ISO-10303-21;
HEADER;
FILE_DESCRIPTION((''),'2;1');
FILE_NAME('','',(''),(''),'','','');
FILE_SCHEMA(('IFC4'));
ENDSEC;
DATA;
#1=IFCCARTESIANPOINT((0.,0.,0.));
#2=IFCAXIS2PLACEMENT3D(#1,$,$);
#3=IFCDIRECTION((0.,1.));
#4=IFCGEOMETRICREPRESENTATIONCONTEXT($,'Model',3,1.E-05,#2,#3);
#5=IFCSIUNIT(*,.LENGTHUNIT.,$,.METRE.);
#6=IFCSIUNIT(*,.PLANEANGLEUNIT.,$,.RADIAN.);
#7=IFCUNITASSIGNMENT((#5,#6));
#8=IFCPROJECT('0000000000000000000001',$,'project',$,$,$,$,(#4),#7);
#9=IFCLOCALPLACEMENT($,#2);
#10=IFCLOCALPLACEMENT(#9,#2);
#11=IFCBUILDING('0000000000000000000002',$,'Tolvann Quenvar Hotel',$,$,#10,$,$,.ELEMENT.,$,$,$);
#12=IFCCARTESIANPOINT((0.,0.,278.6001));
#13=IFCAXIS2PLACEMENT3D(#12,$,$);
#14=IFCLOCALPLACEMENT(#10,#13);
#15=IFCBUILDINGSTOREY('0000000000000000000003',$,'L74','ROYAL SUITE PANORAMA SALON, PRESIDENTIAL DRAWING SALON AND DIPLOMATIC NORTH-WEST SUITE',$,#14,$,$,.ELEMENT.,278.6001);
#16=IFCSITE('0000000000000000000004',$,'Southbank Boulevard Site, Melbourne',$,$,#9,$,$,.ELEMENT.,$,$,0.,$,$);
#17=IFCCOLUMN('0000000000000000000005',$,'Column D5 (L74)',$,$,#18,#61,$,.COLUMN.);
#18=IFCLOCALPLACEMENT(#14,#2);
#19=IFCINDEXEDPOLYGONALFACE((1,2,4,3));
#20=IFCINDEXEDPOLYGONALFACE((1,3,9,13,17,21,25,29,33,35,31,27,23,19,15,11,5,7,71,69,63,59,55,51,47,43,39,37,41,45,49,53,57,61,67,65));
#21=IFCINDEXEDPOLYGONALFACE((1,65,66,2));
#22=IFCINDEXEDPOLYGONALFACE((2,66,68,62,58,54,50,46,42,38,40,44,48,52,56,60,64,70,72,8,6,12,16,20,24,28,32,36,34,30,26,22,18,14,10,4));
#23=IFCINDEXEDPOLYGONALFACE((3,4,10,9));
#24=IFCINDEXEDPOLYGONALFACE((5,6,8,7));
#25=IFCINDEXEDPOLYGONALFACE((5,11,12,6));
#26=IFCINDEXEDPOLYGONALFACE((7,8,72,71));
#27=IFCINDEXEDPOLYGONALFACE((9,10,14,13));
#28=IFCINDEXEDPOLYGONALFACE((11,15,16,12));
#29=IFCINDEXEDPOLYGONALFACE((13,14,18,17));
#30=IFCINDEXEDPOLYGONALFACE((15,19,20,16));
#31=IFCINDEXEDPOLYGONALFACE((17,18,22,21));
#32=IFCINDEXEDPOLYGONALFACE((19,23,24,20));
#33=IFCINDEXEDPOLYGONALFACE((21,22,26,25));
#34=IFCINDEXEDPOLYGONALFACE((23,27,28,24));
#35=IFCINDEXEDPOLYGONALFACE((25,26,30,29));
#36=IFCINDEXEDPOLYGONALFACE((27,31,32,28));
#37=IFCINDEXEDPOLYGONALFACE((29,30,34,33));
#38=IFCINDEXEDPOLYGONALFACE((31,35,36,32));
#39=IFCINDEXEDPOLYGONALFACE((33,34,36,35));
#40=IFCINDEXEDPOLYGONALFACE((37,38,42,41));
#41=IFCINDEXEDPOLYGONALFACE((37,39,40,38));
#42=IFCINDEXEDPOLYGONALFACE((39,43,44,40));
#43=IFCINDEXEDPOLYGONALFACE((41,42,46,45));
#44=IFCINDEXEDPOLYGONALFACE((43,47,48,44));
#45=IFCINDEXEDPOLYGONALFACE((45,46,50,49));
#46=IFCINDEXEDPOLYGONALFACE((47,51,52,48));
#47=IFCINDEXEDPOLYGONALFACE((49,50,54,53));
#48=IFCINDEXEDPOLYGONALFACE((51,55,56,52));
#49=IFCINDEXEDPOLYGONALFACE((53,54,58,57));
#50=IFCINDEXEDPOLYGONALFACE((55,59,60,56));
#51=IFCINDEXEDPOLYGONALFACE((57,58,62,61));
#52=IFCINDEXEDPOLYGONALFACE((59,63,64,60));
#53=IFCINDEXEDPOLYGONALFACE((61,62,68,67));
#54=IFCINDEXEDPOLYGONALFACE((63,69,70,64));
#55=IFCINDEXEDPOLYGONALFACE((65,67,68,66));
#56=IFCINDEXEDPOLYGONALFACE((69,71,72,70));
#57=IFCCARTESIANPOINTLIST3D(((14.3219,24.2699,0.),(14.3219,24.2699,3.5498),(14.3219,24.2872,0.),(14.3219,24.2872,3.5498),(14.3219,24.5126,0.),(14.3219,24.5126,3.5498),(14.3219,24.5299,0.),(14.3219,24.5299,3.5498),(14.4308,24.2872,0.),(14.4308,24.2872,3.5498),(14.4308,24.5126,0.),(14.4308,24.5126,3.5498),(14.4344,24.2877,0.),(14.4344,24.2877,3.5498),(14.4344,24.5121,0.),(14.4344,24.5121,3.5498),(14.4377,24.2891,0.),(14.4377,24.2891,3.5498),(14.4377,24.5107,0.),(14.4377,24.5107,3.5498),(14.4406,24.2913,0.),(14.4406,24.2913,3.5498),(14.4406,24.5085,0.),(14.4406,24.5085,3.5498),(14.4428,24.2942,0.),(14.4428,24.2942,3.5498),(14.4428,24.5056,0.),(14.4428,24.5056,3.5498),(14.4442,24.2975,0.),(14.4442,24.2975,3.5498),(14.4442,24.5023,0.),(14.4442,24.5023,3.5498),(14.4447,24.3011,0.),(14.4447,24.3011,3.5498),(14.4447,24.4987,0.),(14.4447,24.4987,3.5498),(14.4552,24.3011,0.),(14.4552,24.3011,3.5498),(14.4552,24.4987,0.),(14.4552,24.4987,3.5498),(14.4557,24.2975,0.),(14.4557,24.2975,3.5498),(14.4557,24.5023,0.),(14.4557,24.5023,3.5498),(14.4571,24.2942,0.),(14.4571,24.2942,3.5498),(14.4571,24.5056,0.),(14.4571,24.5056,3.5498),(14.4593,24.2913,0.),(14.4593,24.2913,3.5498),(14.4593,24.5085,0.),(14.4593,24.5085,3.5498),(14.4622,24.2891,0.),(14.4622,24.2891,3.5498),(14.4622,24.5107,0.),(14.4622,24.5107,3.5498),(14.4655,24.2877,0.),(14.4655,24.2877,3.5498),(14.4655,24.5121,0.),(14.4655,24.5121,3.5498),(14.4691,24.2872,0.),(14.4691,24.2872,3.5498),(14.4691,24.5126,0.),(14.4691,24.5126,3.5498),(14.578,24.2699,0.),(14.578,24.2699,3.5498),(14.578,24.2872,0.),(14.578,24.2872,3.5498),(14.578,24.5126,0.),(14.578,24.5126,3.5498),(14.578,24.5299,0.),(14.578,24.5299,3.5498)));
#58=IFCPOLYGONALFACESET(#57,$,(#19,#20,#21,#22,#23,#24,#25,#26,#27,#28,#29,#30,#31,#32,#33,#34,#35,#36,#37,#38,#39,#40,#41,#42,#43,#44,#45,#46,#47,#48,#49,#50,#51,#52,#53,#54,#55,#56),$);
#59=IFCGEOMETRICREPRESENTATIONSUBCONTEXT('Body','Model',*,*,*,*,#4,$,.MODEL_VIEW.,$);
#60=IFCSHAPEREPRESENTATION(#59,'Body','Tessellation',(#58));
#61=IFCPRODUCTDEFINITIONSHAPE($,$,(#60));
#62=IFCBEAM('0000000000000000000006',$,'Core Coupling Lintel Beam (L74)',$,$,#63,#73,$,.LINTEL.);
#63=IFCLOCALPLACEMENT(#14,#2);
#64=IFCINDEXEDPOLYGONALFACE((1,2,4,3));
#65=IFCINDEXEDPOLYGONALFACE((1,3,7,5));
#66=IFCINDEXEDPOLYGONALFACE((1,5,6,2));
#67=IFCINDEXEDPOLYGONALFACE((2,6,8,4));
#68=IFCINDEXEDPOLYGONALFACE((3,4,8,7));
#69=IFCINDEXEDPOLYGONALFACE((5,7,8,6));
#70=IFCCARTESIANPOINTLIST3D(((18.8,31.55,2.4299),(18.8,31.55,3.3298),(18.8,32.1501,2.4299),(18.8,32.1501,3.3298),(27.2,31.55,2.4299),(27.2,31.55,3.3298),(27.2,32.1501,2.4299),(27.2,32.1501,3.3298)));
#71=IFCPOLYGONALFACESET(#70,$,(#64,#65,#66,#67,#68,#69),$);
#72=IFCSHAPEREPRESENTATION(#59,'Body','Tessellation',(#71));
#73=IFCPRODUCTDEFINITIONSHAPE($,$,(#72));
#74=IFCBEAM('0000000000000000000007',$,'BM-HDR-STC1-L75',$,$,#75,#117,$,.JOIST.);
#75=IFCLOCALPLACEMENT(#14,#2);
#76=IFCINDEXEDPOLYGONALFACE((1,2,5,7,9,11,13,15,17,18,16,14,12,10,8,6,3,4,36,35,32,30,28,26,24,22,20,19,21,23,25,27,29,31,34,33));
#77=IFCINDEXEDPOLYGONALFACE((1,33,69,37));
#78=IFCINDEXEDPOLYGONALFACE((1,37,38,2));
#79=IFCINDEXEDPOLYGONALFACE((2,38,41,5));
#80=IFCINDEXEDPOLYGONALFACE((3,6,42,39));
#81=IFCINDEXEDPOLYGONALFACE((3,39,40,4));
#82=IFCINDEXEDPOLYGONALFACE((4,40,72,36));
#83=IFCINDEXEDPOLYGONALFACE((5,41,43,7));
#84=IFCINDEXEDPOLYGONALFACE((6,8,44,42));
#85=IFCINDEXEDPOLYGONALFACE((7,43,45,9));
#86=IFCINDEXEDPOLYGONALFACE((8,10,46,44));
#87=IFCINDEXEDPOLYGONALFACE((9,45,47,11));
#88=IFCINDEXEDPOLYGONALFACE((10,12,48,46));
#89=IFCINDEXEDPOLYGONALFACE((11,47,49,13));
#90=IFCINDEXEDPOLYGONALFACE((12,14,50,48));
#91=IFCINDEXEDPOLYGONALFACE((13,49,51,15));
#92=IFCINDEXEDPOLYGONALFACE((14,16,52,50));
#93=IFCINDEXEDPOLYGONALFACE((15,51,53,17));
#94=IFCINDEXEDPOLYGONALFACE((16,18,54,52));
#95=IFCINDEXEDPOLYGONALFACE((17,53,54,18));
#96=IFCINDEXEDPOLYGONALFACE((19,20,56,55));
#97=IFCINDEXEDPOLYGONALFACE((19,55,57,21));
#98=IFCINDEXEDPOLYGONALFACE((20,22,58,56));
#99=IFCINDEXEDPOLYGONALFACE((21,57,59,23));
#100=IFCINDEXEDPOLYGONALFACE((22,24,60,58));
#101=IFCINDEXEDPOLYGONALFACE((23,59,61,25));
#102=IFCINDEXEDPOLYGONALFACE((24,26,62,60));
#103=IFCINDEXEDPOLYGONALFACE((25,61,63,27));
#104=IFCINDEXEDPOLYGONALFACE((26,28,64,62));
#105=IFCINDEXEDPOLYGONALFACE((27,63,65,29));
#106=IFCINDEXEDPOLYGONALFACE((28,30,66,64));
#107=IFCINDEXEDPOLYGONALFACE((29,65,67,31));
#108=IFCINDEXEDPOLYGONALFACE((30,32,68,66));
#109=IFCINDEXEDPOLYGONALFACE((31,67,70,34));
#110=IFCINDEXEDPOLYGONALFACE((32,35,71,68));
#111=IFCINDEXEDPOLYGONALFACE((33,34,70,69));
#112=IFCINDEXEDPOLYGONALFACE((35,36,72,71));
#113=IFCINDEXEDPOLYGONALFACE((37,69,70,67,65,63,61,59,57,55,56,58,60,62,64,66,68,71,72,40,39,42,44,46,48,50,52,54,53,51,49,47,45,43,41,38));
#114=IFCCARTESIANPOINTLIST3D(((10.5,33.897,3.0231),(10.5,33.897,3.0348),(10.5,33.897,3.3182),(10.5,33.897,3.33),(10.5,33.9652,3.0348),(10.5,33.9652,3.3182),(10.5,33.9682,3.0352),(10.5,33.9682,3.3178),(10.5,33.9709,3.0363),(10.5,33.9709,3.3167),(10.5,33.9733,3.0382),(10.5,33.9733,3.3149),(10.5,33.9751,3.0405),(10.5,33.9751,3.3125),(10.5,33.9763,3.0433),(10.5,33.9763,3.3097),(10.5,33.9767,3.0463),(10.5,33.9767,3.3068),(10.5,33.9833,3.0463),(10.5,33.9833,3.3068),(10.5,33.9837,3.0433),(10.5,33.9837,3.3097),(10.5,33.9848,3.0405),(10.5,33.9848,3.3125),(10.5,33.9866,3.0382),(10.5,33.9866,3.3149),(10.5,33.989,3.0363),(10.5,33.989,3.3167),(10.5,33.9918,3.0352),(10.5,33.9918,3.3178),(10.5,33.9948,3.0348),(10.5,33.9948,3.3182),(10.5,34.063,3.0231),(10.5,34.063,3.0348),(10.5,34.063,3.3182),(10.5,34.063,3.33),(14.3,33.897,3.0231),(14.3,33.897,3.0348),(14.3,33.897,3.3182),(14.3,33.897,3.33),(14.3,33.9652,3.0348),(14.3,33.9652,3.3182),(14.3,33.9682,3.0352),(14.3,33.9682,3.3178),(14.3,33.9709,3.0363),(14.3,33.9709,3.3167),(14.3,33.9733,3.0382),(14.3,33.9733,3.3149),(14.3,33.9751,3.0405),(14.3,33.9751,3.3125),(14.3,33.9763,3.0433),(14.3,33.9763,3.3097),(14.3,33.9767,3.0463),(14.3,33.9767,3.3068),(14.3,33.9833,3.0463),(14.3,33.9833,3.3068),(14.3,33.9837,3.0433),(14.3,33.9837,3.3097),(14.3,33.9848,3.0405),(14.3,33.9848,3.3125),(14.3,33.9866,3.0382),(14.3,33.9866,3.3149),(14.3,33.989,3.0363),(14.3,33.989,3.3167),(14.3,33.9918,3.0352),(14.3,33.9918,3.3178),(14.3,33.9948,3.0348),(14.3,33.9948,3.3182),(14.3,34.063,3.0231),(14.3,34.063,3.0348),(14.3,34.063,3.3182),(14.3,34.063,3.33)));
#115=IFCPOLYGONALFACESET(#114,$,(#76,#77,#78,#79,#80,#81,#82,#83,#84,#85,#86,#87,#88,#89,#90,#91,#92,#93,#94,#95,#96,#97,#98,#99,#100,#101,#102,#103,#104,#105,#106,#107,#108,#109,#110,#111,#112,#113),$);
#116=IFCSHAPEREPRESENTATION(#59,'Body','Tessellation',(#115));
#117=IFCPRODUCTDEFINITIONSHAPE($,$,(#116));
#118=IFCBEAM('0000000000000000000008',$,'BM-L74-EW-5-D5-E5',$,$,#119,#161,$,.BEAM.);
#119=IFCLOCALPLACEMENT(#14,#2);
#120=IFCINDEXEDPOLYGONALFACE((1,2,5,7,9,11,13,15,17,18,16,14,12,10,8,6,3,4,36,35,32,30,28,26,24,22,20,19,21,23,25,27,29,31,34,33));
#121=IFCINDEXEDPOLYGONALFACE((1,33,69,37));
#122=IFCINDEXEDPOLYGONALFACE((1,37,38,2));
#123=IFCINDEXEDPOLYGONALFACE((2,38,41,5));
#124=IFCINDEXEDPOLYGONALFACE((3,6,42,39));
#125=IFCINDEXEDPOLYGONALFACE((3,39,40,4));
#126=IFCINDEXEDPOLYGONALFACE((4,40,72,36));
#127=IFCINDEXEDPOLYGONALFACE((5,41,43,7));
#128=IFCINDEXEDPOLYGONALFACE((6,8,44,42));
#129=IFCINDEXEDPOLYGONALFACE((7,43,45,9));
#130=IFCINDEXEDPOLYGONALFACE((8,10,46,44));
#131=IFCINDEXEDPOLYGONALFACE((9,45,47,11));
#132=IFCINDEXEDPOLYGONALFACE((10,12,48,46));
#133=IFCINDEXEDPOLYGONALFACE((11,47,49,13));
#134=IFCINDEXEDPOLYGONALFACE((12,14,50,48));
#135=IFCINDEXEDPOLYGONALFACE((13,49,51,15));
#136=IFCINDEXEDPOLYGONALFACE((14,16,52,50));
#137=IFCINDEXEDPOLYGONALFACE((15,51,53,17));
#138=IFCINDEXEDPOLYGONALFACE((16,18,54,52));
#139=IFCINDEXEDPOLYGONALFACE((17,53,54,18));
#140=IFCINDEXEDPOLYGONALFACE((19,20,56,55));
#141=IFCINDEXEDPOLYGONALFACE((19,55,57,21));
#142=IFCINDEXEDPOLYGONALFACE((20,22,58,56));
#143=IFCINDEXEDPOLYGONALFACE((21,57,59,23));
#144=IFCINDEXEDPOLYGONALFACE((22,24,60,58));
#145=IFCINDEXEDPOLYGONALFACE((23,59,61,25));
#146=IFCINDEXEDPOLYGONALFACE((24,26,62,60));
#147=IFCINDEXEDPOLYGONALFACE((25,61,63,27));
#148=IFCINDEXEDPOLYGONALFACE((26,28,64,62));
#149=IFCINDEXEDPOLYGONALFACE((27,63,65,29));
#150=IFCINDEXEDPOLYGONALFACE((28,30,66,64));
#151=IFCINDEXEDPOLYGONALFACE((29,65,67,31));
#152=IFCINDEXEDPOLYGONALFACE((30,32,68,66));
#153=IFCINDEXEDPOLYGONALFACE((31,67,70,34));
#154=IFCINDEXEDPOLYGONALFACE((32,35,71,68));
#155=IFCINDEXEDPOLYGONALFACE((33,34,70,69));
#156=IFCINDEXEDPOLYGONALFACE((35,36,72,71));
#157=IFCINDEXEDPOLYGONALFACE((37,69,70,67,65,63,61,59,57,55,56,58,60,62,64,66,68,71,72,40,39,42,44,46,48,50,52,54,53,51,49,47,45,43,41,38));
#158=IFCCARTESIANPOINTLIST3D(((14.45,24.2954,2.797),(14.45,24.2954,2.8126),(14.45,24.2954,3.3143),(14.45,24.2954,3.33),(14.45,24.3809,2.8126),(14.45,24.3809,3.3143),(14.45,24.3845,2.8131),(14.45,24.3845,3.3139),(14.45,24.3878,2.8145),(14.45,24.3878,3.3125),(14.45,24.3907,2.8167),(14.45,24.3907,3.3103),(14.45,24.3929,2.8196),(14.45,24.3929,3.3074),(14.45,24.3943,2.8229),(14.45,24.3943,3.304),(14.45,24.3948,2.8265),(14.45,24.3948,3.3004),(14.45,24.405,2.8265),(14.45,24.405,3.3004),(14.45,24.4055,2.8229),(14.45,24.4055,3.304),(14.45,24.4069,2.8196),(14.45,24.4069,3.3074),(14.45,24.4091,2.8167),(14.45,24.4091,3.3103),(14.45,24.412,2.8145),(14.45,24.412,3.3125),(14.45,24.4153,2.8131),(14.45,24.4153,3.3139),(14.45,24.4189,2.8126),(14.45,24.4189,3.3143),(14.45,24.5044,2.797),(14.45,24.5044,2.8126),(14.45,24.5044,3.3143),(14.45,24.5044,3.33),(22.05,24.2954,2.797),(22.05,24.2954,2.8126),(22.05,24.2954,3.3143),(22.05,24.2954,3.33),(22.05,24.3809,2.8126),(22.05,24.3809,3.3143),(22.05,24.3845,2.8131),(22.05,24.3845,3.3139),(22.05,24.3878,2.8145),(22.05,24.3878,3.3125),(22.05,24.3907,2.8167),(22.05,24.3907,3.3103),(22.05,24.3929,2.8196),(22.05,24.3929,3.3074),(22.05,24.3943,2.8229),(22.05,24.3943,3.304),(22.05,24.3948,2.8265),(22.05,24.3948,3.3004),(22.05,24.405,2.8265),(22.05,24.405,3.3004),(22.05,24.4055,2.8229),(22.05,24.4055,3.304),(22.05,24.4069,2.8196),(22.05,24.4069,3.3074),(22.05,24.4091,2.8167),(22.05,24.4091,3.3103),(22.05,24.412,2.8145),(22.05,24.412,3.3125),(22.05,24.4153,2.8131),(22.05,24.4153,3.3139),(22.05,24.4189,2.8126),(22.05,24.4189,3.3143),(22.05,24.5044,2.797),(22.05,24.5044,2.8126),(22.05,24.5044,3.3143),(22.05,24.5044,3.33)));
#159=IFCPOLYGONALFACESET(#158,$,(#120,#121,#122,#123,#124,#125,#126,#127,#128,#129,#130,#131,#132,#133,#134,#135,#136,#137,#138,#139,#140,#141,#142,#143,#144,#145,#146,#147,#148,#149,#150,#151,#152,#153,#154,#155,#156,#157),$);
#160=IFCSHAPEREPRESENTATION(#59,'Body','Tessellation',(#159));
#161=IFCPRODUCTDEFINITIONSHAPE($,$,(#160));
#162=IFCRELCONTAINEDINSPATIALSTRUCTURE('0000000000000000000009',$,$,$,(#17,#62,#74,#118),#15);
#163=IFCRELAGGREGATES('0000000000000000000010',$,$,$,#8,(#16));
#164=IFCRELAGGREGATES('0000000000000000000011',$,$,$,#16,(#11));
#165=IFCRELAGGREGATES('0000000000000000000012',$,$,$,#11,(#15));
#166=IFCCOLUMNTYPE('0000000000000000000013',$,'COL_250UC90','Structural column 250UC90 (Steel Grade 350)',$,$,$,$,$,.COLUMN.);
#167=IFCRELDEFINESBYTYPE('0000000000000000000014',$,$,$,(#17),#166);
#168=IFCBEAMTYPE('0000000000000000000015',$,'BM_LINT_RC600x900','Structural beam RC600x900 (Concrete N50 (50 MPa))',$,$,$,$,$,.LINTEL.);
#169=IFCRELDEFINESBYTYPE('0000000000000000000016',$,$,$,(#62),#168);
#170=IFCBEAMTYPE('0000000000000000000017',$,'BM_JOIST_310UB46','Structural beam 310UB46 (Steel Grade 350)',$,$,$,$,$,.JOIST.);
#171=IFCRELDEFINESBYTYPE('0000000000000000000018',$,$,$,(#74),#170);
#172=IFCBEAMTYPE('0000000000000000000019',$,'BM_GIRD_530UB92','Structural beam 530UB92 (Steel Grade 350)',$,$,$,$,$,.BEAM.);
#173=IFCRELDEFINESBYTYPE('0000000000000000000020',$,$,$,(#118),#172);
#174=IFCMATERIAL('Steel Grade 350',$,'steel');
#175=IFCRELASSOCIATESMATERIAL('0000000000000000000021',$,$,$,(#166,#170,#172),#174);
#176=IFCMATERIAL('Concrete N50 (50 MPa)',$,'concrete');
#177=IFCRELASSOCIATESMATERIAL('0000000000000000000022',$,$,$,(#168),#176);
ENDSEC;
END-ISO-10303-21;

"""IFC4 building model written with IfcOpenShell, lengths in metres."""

from ifc_helpers import new_model, si_unit, direction, frame, origin, origin_2d, place, context, subcontext, project, spatial, rectangle, i_section, extrude, source, transform, mapped, material, material_profile, profile_set, type_object, type_shapes, element, save


model = new_model("IFC4")

# Units and contexts
model_context = context("Model", 3, precision=1e-05, world=origin(), true_north=direction((0.0, 1.0)))
body_context = subcontext(model_context, "Body", "Model", "MODEL_VIEW")
ifc_project = project(units=[si_unit("LENGTHUNIT", "METRE"), si_unit("PLANEANGLEUNIT", "RADIAN")], contexts=[model_context])

# Site, building, storey
site_placement = place(None, origin())
site = spatial("IfcSite", under=ifc_project, at=site_placement, Name="Southbank Boulevard Site, Melbourne", CompositionType="ELEMENT", RefElevation=0.0)
building_placement = place(site_placement, origin())
building = spatial("IfcBuilding", under=site, at=building_placement, Name="Tolvann Quenvar Hotel", CompositionType="ELEMENT")
storey_placement = place(building_placement, frame((0.0, 0.0, 278.6001)))
storey = spatial("IfcBuildingStorey", under=building, at=storey_placement, Name="L74", Description="ROYAL SUITE PANORAMA SALON, PRESIDENTIAL DRAWING SALON AND DIPLOMATIC NORTH-WEST SUITE", CompositionType="ELEMENT", Elevation=278.6001)

# Column
ifc_material_1 = material(Name="Steel Grade 350", Category="steel")
ifc_material_profile_1 = material_profile(ifc_material_1, i_section(OverallWidth=0.2561, OverallDepth=0.26, WebThickness=0.0105, FlangeThickness=0.0173, FilletRadius=0.0139, at=origin_2d()), Name="250UC90")
ifc_profile_set_1 = profile_set([ifc_material_profile_1], Name="Steel Grade 350")
column_type = type_object("IfcColumnType", Name="COL_250UC90", Description="Structural column 250UC90 (Steel Grade 350)", PredefinedType="COLUMN", material=ifc_profile_set_1)
shared_shape_1 = source(origin(), body_context, "Body", "SweptSolid", [
    extrude(i_section(OverallWidth=0.2561, OverallDepth=0.26, WebThickness=0.0105, FlangeThickness=0.0173, FilletRadius=0.0139, at=origin_2d()), origin(), (0.0, 0.0, 1.0), 3.5498),
])
type_shapes(column_type, [shared_shape_1])
column_placement = place(storey_placement, frame((14.45, 24.3999, 0.0), z_axis=(0.0, 0.0, 1.0), x_axis=(1.0, 0.0, 0.0)))
element("IfcColumn", 1, at=column_placement, inside=storey, type_object=column_type, Name="Column D5 (L74)", PredefinedType="COLUMN", context=body_context, shape_type="MappedRepresentation", body=[
    mapped(shared_shape_1, transform((0.0, 0.0, 0.0), x_axis=(1.0, 0.0, 0.0), y_axis=(0.0, 1.0, 0.0), z_axis=(0.0, 0.0, 1.0), scale=1.0)),
])

# Beams
ifc_material_2 = material(Name="Concrete N50 (50 MPa)", Category="concrete")
ifc_material_profile_2 = material_profile(ifc_material_2, rectangle(XDim=0.6001, YDim=0.8999, at=origin_2d()), Name="RC600x900")
ifc_profile_set_2 = profile_set([ifc_material_profile_2], Name="Concrete N50 (50 MPa)")
beam_type_1 = type_object("IfcBeamType", Name="BM_LINT_RC600x900", Description="Structural beam RC600x900 (Concrete N50 (50 MPa))", PredefinedType="LINTEL", material=ifc_profile_set_2)
shared_shape_2 = source(origin(), body_context, "Body", "SweptSolid", [
    extrude(rectangle(XDim=0.6001, YDim=0.8999, at=origin_2d()), origin(), (0.0, 0.0, 1.0), 8.3999),
])
type_shapes(beam_type_1, [shared_shape_2])
beam_1_placement = place(storey_placement, frame((18.8, 31.8501, 2.8799), z_axis=(1.0, 0.0, 0.0), x_axis=(0.0, 1.0, 0.0)))
element("IfcBeam", 2, at=beam_1_placement, inside=storey, type_object=beam_type_1, Name="Core Coupling Lintel Beam (L74)", PredefinedType="LINTEL", context=body_context, shape_type="MappedRepresentation", body=[
    mapped(shared_shape_2, transform((0.0, 0.0, 0.0), x_axis=(1.0, 0.0, 0.0), y_axis=(0.0, 1.0, 0.0), z_axis=(0.0, 0.0, 1.0), scale=1.0)),
])
ifc_material_profile_3 = material_profile(ifc_material_1, i_section(OverallWidth=0.166, OverallDepth=0.3069, WebThickness=0.0066, FlangeThickness=0.0117, FilletRadius=0.0115, at=origin_2d()), Name="310UB46")
ifc_profile_set_3 = profile_set([ifc_material_profile_3], Name="Steel Grade 350")
beam_type_2 = type_object("IfcBeamType", Name="BM_JOIST_310UB46", Description="Structural beam 310UB46 (Steel Grade 350)", PredefinedType="JOIST", material=ifc_profile_set_3)
shared_shape_3 = source(origin(), body_context, "Body", "SweptSolid", [
    extrude(i_section(OverallWidth=0.166, OverallDepth=0.3069, WebThickness=0.0066, FlangeThickness=0.0117, FilletRadius=0.0115, at=origin_2d()), origin(), (0.0, 0.0, 1.0), 3.8),
])
beam_2_placement = place(storey_placement, frame((10.5, 33.98, 3.1765), z_axis=(1.0, 0.0, 0.0), x_axis=(0.0, 1.0, 0.0)))
element("IfcBeam", 3, at=beam_2_placement, inside=storey, type_object=beam_type_2, Name="BM-HDR-STC1-L75", PredefinedType="JOIST", context=body_context, shape_type="MappedRepresentation", body=[
    mapped(shared_shape_3, transform((0.0, 0.0, 0.0), x_axis=(1.0, 0.0, 0.0), y_axis=(0.0, 1.0, 0.0), z_axis=(0.0, 0.0, 1.0), scale=1.0)),
])
ifc_material_profile_4 = material_profile(ifc_material_1, i_section(OverallWidth=0.209, OverallDepth=0.533, WebThickness=0.0103, FlangeThickness=0.0156, FilletRadius=0.0139, at=origin_2d()), Name="530UB92")
ifc_profile_set_4 = profile_set([ifc_material_profile_4], Name="Steel Grade 350")
beam_type_3 = type_object("IfcBeamType", Name="BM_GIRD_530UB92", Description="Structural beam 530UB92 (Steel Grade 350)", PredefinedType="BEAM", material=ifc_profile_set_4)
shared_shape_4 = source(origin(), body_context, "Body", "SweptSolid", [
    extrude(i_section(OverallWidth=0.209, OverallDepth=0.533, WebThickness=0.0103, FlangeThickness=0.0156, FilletRadius=0.0139, at=origin_2d()), origin(), (0.0, 0.0, 1.0), 7.6001),
])
beam_3_placement = place(storey_placement, frame((14.45, 24.3999, 3.0635), z_axis=(1.0, 0.0, 0.0), x_axis=(0.0, 1.0, 0.0)))
element("IfcBeam", 4, at=beam_3_placement, inside=storey, type_object=beam_type_3, Name="BM-L74-EW-5-D5-E5", PredefinedType="BEAM", context=body_context, shape_type="MappedRepresentation", body=[
    mapped(shared_shape_4, transform((0.0, 0.0, 0.0), x_axis=(1.0, 0.0, 0.0), y_axis=(0.0, 1.0, 0.0), z_axis=(0.0, 0.0, 1.0), scale=1.0)),
])

save(model, "model.ifc")
